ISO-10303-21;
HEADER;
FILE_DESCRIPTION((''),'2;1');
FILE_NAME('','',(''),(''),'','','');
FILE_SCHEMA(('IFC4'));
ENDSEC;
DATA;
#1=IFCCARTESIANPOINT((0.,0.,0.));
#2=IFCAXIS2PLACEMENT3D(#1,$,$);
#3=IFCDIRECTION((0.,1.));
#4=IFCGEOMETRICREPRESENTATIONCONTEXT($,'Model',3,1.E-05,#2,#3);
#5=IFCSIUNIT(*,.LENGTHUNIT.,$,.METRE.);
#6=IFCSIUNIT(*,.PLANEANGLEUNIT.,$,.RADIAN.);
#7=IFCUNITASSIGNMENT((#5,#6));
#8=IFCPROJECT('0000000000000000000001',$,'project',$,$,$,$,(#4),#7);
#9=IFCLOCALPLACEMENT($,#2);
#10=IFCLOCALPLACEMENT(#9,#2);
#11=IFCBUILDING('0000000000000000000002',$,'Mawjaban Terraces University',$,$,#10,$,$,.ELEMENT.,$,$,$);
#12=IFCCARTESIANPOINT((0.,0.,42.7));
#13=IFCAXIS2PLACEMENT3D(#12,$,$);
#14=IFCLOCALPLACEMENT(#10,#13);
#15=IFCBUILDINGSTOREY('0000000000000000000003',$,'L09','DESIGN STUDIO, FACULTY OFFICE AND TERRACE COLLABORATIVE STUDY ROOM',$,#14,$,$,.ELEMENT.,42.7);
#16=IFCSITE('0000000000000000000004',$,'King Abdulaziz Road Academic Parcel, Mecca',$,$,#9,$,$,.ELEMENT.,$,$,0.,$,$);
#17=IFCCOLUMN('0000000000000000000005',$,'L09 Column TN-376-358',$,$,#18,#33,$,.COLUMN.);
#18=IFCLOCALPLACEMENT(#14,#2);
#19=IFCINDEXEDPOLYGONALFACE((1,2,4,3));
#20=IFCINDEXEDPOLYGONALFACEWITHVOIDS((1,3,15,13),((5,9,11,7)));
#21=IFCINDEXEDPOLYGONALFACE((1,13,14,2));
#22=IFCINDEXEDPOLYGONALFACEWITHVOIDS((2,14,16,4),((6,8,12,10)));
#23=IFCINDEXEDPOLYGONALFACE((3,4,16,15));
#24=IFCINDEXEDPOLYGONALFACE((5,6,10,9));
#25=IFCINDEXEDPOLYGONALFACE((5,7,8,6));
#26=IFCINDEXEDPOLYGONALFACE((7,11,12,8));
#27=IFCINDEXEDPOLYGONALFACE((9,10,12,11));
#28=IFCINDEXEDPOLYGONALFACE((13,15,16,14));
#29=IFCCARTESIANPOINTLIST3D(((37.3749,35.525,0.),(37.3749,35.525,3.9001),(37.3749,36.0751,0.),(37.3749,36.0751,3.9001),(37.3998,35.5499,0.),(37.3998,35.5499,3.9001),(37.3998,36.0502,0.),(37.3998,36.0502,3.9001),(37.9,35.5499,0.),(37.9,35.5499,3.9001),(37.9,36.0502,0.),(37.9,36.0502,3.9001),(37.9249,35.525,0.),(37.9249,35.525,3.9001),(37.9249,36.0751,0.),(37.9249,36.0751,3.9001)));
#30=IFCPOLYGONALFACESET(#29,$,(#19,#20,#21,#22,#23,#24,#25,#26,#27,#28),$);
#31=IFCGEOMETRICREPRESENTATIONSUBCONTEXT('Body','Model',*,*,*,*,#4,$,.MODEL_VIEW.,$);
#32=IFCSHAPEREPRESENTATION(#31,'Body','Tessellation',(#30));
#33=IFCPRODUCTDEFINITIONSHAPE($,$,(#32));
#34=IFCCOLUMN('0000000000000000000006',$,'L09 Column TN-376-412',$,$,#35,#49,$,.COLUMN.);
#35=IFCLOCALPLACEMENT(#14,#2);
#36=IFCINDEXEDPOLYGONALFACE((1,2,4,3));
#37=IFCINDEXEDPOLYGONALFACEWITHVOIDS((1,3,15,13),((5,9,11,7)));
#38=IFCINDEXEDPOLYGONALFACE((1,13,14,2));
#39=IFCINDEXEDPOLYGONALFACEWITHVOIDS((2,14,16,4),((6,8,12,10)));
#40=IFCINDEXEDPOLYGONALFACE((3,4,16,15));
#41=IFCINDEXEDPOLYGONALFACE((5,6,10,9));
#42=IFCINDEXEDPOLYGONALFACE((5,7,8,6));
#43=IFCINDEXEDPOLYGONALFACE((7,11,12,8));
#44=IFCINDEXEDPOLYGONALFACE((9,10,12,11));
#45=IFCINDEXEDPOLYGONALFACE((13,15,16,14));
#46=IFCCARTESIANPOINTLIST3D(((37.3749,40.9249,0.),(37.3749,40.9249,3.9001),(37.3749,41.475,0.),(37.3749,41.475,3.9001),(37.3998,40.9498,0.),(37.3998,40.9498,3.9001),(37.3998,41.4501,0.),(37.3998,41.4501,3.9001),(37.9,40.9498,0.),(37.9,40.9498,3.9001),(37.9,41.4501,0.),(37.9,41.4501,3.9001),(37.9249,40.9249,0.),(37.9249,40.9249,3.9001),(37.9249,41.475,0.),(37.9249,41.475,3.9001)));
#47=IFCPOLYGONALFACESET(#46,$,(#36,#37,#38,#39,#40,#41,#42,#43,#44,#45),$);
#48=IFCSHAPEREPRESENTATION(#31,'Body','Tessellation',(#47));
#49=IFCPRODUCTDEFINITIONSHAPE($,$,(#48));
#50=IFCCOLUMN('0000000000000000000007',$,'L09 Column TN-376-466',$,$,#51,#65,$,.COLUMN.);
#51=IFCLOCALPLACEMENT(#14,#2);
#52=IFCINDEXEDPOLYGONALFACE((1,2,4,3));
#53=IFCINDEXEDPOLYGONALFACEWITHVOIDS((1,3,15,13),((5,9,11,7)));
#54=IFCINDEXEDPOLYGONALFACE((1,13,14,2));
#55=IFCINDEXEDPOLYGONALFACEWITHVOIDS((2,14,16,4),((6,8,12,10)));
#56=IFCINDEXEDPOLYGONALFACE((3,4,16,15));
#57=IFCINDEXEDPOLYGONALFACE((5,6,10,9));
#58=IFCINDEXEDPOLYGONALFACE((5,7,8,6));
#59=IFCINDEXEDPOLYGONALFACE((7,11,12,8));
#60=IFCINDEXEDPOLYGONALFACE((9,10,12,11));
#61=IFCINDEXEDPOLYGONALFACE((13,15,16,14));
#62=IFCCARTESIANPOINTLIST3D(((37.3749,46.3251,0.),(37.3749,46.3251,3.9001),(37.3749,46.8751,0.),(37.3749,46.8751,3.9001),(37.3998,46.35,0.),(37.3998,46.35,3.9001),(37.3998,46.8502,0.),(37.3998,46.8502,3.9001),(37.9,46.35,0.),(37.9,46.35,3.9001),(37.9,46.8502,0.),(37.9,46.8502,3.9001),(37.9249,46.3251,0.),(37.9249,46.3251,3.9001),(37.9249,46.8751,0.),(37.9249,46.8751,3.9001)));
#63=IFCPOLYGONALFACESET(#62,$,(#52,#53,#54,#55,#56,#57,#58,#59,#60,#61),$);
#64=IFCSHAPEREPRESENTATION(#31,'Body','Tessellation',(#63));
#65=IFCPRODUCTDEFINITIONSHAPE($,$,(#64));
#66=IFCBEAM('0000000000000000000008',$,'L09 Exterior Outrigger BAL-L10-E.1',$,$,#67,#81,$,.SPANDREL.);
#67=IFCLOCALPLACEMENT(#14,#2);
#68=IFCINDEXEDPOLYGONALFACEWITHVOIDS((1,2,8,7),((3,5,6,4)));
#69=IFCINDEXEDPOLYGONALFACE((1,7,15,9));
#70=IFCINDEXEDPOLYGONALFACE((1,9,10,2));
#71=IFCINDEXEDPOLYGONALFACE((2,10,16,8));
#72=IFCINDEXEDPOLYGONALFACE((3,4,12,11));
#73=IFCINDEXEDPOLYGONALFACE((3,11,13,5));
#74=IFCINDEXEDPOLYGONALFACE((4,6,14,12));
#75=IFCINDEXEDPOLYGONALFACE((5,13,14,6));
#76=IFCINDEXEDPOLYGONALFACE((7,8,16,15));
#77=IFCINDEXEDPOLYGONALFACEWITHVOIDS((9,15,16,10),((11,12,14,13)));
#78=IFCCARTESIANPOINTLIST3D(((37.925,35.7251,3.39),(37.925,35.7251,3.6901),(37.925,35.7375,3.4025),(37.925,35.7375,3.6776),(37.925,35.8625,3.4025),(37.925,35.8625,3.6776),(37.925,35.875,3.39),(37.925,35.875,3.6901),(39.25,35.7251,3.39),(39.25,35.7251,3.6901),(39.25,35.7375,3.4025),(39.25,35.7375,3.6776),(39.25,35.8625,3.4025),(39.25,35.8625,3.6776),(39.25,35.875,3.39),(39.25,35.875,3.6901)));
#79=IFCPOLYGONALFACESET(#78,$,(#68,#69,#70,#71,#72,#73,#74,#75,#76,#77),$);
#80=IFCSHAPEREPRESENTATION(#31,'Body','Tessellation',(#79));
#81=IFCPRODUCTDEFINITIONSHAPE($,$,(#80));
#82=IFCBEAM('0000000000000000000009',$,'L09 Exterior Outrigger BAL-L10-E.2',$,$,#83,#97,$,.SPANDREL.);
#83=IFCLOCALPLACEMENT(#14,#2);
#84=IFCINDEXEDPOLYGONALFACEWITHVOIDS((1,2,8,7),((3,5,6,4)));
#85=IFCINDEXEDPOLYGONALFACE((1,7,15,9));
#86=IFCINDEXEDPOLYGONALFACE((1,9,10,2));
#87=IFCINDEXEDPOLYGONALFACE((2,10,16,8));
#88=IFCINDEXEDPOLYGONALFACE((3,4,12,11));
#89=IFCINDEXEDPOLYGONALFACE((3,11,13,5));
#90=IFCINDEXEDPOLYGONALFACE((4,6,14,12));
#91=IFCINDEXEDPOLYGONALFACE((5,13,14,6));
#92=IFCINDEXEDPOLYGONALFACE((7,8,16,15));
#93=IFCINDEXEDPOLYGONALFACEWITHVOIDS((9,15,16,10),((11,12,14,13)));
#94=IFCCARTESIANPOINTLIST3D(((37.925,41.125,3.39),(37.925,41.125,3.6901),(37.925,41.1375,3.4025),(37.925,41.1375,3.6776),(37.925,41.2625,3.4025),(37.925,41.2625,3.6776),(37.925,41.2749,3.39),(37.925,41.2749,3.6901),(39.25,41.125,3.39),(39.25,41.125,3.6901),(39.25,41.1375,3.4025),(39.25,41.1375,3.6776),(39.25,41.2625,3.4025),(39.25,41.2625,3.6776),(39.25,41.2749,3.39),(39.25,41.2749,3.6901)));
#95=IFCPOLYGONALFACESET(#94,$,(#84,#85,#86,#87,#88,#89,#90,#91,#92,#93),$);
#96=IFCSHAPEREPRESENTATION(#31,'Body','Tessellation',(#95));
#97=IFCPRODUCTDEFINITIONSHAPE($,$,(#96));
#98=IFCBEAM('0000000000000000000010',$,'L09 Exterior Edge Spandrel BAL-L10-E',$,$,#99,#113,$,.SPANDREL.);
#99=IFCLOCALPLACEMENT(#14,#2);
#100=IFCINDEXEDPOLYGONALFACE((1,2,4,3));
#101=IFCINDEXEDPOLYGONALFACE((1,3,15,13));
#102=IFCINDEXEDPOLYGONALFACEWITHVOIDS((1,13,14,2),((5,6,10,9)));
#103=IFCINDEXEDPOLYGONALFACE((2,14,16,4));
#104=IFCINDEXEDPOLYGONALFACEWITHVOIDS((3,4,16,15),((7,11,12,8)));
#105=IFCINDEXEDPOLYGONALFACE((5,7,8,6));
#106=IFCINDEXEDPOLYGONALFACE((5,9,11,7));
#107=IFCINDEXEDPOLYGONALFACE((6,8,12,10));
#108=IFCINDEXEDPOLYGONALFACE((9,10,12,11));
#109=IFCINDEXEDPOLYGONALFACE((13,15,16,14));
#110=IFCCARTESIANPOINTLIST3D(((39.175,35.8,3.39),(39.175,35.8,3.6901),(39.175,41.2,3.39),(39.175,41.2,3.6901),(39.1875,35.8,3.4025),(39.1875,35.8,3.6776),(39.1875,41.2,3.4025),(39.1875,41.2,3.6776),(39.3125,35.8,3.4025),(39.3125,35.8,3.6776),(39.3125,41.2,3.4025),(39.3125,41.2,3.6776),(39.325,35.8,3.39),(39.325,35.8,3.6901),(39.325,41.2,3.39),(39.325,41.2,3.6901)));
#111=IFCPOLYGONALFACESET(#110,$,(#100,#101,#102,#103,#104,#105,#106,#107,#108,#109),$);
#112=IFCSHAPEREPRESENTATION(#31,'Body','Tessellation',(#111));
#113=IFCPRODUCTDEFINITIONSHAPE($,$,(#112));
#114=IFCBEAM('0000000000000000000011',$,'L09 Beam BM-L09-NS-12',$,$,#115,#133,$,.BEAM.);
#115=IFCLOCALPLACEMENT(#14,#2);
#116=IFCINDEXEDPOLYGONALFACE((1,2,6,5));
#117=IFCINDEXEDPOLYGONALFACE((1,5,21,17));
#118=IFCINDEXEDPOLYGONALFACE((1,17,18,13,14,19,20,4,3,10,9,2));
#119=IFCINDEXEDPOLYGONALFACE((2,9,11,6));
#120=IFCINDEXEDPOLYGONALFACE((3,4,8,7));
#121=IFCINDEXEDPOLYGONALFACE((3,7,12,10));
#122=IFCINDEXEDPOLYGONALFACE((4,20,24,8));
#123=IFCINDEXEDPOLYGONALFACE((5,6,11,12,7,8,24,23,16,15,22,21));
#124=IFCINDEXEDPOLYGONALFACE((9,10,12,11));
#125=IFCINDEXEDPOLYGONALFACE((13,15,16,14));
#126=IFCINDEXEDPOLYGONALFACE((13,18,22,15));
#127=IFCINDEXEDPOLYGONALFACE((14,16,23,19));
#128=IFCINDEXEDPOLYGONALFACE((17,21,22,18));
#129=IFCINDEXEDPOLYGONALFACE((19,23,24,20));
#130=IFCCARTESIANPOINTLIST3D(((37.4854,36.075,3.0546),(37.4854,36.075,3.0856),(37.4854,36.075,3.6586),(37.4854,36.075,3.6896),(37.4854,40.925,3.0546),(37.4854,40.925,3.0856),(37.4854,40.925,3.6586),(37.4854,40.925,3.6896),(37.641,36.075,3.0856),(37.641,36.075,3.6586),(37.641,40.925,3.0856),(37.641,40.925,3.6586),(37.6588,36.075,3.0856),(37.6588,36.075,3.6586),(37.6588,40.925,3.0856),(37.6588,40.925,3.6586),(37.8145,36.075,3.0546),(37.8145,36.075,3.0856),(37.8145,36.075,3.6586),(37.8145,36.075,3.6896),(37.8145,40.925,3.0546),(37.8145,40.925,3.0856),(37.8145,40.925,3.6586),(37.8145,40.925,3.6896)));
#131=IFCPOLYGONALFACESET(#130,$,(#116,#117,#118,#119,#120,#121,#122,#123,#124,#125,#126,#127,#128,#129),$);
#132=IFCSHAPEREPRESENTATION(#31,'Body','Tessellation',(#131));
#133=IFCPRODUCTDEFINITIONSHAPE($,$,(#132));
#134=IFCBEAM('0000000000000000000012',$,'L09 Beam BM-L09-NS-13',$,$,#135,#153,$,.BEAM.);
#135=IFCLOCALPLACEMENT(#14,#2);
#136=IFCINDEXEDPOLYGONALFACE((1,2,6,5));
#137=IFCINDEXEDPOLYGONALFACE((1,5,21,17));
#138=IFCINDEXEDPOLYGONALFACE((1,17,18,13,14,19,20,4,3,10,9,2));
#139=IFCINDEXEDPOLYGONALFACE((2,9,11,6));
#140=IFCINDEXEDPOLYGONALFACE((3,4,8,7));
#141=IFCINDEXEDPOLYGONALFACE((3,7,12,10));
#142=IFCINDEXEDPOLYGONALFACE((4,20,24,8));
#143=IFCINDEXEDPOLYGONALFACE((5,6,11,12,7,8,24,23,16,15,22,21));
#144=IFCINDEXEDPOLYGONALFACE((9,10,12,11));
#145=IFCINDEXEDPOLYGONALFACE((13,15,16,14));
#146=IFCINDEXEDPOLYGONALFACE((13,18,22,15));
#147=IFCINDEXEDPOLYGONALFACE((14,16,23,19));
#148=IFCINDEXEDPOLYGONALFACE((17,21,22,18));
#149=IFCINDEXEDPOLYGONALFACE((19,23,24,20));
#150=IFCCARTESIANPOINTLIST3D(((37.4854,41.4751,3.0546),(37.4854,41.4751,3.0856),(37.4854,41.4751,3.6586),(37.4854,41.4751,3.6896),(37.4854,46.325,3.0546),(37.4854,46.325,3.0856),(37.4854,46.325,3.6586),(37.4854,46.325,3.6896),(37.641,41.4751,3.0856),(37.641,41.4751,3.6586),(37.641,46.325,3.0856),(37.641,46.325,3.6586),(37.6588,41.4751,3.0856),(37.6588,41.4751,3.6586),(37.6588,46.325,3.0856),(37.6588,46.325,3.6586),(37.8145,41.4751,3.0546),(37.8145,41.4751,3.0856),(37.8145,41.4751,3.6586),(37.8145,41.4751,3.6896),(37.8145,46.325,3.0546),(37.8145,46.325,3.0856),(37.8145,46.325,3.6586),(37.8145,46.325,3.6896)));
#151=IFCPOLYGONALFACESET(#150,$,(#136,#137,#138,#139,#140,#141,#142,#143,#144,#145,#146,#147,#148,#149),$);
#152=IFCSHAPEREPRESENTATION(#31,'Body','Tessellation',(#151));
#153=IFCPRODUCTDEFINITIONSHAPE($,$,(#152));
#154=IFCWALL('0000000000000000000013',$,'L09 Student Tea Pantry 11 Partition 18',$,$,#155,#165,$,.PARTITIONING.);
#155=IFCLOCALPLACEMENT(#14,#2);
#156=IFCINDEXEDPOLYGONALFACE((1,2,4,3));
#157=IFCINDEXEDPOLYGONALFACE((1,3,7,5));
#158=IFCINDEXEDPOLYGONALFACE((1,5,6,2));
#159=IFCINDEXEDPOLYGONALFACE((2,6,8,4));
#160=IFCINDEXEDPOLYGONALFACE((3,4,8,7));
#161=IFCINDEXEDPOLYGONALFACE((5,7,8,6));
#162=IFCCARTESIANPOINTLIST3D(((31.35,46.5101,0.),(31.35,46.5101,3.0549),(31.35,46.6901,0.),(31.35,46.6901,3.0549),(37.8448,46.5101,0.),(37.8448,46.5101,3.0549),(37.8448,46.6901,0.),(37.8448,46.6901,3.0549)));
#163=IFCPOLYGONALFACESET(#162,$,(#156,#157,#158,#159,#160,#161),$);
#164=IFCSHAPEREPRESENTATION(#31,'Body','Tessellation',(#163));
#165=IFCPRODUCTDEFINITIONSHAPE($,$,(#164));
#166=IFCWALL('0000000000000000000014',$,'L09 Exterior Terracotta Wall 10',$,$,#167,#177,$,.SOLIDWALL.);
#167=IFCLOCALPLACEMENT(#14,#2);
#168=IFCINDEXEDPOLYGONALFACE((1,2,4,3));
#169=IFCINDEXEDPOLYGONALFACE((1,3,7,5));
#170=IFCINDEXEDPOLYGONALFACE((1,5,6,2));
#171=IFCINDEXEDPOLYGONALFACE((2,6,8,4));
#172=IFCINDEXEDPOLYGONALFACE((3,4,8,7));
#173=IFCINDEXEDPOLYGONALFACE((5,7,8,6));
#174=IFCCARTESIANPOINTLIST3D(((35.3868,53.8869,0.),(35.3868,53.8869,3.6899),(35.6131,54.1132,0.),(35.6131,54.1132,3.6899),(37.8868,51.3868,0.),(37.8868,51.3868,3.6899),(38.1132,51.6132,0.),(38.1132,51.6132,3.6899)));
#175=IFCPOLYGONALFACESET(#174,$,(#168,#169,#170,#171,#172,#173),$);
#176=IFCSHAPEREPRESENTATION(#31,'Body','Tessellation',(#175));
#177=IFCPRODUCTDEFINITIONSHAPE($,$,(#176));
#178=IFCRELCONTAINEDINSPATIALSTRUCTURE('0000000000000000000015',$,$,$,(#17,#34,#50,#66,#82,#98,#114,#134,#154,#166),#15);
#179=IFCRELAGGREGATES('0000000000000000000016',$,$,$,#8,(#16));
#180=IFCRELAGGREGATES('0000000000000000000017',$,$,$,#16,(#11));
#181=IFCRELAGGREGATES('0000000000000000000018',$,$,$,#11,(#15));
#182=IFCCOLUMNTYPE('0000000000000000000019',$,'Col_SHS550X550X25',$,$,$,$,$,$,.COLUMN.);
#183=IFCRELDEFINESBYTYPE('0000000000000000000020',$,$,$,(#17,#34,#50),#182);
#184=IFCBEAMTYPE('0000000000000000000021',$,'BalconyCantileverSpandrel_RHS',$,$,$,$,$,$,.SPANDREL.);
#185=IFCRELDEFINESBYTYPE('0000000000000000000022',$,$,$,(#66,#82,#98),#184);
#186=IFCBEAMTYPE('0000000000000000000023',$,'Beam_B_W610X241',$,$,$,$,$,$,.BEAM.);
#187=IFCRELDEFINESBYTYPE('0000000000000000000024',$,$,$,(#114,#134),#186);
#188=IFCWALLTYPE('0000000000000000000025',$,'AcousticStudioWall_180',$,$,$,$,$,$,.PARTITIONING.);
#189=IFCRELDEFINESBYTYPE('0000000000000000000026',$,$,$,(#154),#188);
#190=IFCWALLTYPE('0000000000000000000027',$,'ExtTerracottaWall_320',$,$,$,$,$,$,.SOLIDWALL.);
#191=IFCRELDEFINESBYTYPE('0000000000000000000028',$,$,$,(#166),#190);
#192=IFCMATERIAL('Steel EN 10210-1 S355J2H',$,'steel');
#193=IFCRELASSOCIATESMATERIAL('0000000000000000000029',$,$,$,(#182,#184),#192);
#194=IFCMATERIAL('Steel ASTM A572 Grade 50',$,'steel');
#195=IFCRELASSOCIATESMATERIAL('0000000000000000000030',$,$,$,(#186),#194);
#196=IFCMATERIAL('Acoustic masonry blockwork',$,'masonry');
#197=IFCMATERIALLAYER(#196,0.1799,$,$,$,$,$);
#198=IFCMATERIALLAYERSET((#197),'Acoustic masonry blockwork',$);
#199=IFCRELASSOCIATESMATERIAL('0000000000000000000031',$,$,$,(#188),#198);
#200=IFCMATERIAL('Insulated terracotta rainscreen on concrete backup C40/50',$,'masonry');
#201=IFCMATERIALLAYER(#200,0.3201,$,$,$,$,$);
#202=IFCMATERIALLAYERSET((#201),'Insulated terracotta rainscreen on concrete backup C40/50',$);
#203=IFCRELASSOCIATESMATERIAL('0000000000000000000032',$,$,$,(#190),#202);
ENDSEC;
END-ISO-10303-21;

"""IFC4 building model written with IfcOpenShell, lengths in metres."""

from ifc_helpers import new_model, si_unit, direction, frame, frame_2d, origin, origin_2d, place, context, subcontext, project, spatial, rectangle, hollow_rectangle, i_section, extrude, material, layer, layer_set, material_profile, profile_set, type_object, element, save


model = new_model("IFC4")

# Units and contexts
model_context = context("Model", 3, precision=1e-05, world=origin(), true_north=direction((0.0, 1.0)))
body_context = subcontext(model_context, "Body", "Model", "MODEL_VIEW")
ifc_project = project(units=[si_unit("LENGTHUNIT", "METRE"), si_unit("PLANEANGLEUNIT", "RADIAN")], contexts=[model_context])

# Site, building, storey
site_placement = place(None, origin())
site = spatial("IfcSite", under=ifc_project, at=site_placement, Name="King Abdulaziz Road Academic Parcel, Mecca", CompositionType="ELEMENT", RefElevation=0.0)
building_placement = place(site_placement, origin())
building = spatial("IfcBuilding", under=site, at=building_placement, Name="Mawjaban Terraces University", CompositionType="ELEMENT")
storey_placement = place(building_placement, frame((0.0, 0.0, 42.7)))
storey = spatial("IfcBuildingStorey", under=building, at=storey_placement, Name="L09", Description="DESIGN STUDIO, FACULTY OFFICE AND TERRACE COLLABORATIVE STUDY ROOM", CompositionType="ELEMENT", Elevation=42.7)

# Columns
ifc_material_1 = material(Name="Steel EN 10210-1 S355J2H", Category="steel")
ifc_material_profile_1 = material_profile(ifc_material_1, hollow_rectangle(XDim=0.55, YDim=0.55, WallThickness=0.0249, at=origin_2d()), Name="SHS550X550X25")
ifc_profile_set_1 = profile_set([ifc_material_profile_1], Name="Steel EN 10210-1 S355J2H")
column_type = type_object("IfcColumnType", Name="Col_SHS550X550X25", PredefinedType="COLUMN", material=ifc_profile_set_1)
for number, where, z_axis, x_axis, name in (
    (1, (37.6499, 35.8, 0.0), (0.0, 0.0, 1.0), (1.0, 0.0, 0.0), "L09 Column TN-376-358"),
    (2, (37.6499, 41.2, 0.0), (0.0, 0.0, 1.0), (1.0, 0.0, 0.0), "L09 Column TN-376-412"),
    (3, (37.6499, 46.6001, 0.0), (0.0, 0.0, 1.0), (1.0, 0.0, 0.0), "L09 Column TN-376-466"),
):
    element("IfcColumn", number, at=place(storey_placement, frame(where, z_axis=z_axis, x_axis=x_axis)), inside=storey, type_object=column_type, Name=name, PredefinedType="COLUMN", context=body_context, shape_type="SweptSolid", body=[
        extrude(hollow_rectangle(XDim=0.55, YDim=0.55, WallThickness=0.0249, at=origin_2d()), origin(), (0.0, 0.0, 1.0), 3.9001),
    ])

# Beams
ifc_material_profile_2 = material_profile(ifc_material_1, hollow_rectangle(XDim=0.1499, YDim=0.3, WallThickness=0.0125, at=origin_2d()), Name="RHS300X150X12.5")
ifc_profile_set_2 = profile_set([ifc_material_profile_2], Name="Steel EN 10210-1 S355J2H")
beam_type_1 = type_object("IfcBeamType", Name="BalconyCantileverSpandrel_RHS", PredefinedType="SPANDREL", material=ifc_profile_set_2)
for number, where, z_axis, x_axis, name in (
    (4, (37.925, 35.8, 3.54), (1.0, 0.0, 0.0), (0.0, 1.0, 0.0), "L09 Exterior Outrigger BAL-L10-E.1"),
    (5, (37.925, 41.2, 3.54), (1.0, 0.0, 0.0), (0.0, 1.0, 0.0), "L09 Exterior Outrigger BAL-L10-E.2"),
):
    element("IfcBeam", number, at=place(storey_placement, frame(where, z_axis=z_axis, x_axis=x_axis)), inside=storey, type_object=beam_type_1, Name=name, PredefinedType="SPANDREL", context=body_context, shape_type="SweptSolid", body=[
        extrude(hollow_rectangle(XDim=0.1499, YDim=0.3, WallThickness=0.0125, at=origin_2d()), origin(), (0.0, 0.0, 1.0), 1.325),
    ])
beam_1_placement = place(storey_placement, frame((39.25, 35.8, 3.54), z_axis=(0.0, 1.0, 0.0), x_axis=(-1.0, 0.0, 0.0)))
element("IfcBeam", 6, at=beam_1_placement, inside=storey, type_object=beam_type_1, Name="L09 Exterior Edge Spandrel BAL-L10-E", PredefinedType="SPANDREL", context=body_context, shape_type="SweptSolid", body=[
    extrude(hollow_rectangle(XDim=0.1499, YDim=0.3, WallThickness=0.0125, at=origin_2d()), origin(), (0.0, 0.0, 1.0), 5.3999),
])
ifc_material_2 = material(Name="Steel ASTM A572 Grade 50", Category="steel")
ifc_material_profile_3 = material_profile(ifc_material_2, i_section(OverallWidth=0.3291, OverallDepth=0.635, WebThickness=0.0178, FlangeThickness=0.031, at=origin_2d()), Name="W610X241")
ifc_profile_set_3 = profile_set([ifc_material_profile_3], Name="Steel ASTM A572 Grade 50")
beam_type_2 = type_object("IfcBeamType", Name="Beam_B_W610X241", PredefinedType="BEAM", material=ifc_profile_set_3)
beam_2_placement = place(storey_placement, frame((37.6499, 36.075, 3.3721), z_axis=(0.0, 1.0, 0.0), x_axis=(-1.0, 0.0, 0.0)))
element("IfcBeam", 7, at=beam_2_placement, inside=storey, type_object=beam_type_2, Name="L09 Beam BM-L09-NS-12", PredefinedType="BEAM", context=body_context, shape_type="SweptSolid", body=[
    extrude(i_section(OverallWidth=0.3291, OverallDepth=0.635, WebThickness=0.0178, FlangeThickness=0.031, at=origin_2d()), origin(), (0.0, 0.0, 1.0), 4.8501),
])
beam_3_placement = place(storey_placement, frame((37.6499, 41.4751, 3.3721), z_axis=(0.0, 1.0, 0.0), x_axis=(-1.0, 0.0, 0.0)))
element("IfcBeam", 8, at=beam_3_placement, inside=storey, type_object=beam_type_2, Name="L09 Beam BM-L09-NS-13", PredefinedType="BEAM", context=body_context, shape_type="SweptSolid", body=[
    extrude(i_section(OverallWidth=0.3291, OverallDepth=0.635, WebThickness=0.0178, FlangeThickness=0.031, at=origin_2d()), origin(), (0.0, 0.0, 1.0), 4.8499),
])

# Walls
ifc_material_3 = material(Name="Acoustic masonry blockwork", Category="masonry")
ifc_layer_1 = layer(ifc_material_3, 0.1799)
ifc_layer_set_1 = layer_set([ifc_layer_1], Name="Acoustic masonry blockwork")
wall_type_1 = type_object("IfcWallType", Name="AcousticStudioWall_180", PredefinedType="PARTITIONING", material=ifc_layer_set_1)
wall_1_placement = place(storey_placement, frame((37.845, 46.6001, 0.0), z_axis=(0.0, 0.0, 1.0), x_axis=(-1.0, 0.0, 0.0)))
element("IfcWall", 9, at=wall_1_placement, inside=storey, type_object=wall_type_1, Name="L09 Student Tea Pantry 11 Partition 18", PredefinedType="PARTITIONING", context=body_context, shape_type="SweptSolid", body=[
    extrude(rectangle(XDim=6.4949, YDim=0.1799, at=frame_2d((3.2476, 0.0))), origin(), (0.0, 0.0, 1.0), 3.0549),
])
ifc_material_4 = material(Name="Insulated terracotta rainscreen on concrete backup C40/50", Category="masonry")
ifc_layer_2 = layer(ifc_material_4, 0.3201)
ifc_layer_set_2 = layer_set([ifc_layer_2], Name="Insulated terracotta rainscreen on concrete backup C40/50")
wall_type_2 = type_object("IfcWallType", Name="ExtTerracottaWall_320", PredefinedType="SOLIDWALL", material=ifc_layer_set_2)
wall_2_placement = place(storey_placement, frame((38.0, 51.5, 0.0), z_axis=(0.0, 0.0, 1.0), x_axis=(-0.707107, 0.707107, 0.0)))
element("IfcWall", 10, at=wall_2_placement, inside=storey, type_object=wall_type_2, Name="L09 Exterior Terracotta Wall 10", PredefinedType="SOLIDWALL", context=body_context, shape_type="SweptSolid", body=[
    extrude(rectangle(XDim=3.5356, YDim=0.3201, at=frame_2d((1.7678, 0.0))), origin(), (0.0, 0.0, 1.0), 3.6899),
])

save(model, "model.ifc")
